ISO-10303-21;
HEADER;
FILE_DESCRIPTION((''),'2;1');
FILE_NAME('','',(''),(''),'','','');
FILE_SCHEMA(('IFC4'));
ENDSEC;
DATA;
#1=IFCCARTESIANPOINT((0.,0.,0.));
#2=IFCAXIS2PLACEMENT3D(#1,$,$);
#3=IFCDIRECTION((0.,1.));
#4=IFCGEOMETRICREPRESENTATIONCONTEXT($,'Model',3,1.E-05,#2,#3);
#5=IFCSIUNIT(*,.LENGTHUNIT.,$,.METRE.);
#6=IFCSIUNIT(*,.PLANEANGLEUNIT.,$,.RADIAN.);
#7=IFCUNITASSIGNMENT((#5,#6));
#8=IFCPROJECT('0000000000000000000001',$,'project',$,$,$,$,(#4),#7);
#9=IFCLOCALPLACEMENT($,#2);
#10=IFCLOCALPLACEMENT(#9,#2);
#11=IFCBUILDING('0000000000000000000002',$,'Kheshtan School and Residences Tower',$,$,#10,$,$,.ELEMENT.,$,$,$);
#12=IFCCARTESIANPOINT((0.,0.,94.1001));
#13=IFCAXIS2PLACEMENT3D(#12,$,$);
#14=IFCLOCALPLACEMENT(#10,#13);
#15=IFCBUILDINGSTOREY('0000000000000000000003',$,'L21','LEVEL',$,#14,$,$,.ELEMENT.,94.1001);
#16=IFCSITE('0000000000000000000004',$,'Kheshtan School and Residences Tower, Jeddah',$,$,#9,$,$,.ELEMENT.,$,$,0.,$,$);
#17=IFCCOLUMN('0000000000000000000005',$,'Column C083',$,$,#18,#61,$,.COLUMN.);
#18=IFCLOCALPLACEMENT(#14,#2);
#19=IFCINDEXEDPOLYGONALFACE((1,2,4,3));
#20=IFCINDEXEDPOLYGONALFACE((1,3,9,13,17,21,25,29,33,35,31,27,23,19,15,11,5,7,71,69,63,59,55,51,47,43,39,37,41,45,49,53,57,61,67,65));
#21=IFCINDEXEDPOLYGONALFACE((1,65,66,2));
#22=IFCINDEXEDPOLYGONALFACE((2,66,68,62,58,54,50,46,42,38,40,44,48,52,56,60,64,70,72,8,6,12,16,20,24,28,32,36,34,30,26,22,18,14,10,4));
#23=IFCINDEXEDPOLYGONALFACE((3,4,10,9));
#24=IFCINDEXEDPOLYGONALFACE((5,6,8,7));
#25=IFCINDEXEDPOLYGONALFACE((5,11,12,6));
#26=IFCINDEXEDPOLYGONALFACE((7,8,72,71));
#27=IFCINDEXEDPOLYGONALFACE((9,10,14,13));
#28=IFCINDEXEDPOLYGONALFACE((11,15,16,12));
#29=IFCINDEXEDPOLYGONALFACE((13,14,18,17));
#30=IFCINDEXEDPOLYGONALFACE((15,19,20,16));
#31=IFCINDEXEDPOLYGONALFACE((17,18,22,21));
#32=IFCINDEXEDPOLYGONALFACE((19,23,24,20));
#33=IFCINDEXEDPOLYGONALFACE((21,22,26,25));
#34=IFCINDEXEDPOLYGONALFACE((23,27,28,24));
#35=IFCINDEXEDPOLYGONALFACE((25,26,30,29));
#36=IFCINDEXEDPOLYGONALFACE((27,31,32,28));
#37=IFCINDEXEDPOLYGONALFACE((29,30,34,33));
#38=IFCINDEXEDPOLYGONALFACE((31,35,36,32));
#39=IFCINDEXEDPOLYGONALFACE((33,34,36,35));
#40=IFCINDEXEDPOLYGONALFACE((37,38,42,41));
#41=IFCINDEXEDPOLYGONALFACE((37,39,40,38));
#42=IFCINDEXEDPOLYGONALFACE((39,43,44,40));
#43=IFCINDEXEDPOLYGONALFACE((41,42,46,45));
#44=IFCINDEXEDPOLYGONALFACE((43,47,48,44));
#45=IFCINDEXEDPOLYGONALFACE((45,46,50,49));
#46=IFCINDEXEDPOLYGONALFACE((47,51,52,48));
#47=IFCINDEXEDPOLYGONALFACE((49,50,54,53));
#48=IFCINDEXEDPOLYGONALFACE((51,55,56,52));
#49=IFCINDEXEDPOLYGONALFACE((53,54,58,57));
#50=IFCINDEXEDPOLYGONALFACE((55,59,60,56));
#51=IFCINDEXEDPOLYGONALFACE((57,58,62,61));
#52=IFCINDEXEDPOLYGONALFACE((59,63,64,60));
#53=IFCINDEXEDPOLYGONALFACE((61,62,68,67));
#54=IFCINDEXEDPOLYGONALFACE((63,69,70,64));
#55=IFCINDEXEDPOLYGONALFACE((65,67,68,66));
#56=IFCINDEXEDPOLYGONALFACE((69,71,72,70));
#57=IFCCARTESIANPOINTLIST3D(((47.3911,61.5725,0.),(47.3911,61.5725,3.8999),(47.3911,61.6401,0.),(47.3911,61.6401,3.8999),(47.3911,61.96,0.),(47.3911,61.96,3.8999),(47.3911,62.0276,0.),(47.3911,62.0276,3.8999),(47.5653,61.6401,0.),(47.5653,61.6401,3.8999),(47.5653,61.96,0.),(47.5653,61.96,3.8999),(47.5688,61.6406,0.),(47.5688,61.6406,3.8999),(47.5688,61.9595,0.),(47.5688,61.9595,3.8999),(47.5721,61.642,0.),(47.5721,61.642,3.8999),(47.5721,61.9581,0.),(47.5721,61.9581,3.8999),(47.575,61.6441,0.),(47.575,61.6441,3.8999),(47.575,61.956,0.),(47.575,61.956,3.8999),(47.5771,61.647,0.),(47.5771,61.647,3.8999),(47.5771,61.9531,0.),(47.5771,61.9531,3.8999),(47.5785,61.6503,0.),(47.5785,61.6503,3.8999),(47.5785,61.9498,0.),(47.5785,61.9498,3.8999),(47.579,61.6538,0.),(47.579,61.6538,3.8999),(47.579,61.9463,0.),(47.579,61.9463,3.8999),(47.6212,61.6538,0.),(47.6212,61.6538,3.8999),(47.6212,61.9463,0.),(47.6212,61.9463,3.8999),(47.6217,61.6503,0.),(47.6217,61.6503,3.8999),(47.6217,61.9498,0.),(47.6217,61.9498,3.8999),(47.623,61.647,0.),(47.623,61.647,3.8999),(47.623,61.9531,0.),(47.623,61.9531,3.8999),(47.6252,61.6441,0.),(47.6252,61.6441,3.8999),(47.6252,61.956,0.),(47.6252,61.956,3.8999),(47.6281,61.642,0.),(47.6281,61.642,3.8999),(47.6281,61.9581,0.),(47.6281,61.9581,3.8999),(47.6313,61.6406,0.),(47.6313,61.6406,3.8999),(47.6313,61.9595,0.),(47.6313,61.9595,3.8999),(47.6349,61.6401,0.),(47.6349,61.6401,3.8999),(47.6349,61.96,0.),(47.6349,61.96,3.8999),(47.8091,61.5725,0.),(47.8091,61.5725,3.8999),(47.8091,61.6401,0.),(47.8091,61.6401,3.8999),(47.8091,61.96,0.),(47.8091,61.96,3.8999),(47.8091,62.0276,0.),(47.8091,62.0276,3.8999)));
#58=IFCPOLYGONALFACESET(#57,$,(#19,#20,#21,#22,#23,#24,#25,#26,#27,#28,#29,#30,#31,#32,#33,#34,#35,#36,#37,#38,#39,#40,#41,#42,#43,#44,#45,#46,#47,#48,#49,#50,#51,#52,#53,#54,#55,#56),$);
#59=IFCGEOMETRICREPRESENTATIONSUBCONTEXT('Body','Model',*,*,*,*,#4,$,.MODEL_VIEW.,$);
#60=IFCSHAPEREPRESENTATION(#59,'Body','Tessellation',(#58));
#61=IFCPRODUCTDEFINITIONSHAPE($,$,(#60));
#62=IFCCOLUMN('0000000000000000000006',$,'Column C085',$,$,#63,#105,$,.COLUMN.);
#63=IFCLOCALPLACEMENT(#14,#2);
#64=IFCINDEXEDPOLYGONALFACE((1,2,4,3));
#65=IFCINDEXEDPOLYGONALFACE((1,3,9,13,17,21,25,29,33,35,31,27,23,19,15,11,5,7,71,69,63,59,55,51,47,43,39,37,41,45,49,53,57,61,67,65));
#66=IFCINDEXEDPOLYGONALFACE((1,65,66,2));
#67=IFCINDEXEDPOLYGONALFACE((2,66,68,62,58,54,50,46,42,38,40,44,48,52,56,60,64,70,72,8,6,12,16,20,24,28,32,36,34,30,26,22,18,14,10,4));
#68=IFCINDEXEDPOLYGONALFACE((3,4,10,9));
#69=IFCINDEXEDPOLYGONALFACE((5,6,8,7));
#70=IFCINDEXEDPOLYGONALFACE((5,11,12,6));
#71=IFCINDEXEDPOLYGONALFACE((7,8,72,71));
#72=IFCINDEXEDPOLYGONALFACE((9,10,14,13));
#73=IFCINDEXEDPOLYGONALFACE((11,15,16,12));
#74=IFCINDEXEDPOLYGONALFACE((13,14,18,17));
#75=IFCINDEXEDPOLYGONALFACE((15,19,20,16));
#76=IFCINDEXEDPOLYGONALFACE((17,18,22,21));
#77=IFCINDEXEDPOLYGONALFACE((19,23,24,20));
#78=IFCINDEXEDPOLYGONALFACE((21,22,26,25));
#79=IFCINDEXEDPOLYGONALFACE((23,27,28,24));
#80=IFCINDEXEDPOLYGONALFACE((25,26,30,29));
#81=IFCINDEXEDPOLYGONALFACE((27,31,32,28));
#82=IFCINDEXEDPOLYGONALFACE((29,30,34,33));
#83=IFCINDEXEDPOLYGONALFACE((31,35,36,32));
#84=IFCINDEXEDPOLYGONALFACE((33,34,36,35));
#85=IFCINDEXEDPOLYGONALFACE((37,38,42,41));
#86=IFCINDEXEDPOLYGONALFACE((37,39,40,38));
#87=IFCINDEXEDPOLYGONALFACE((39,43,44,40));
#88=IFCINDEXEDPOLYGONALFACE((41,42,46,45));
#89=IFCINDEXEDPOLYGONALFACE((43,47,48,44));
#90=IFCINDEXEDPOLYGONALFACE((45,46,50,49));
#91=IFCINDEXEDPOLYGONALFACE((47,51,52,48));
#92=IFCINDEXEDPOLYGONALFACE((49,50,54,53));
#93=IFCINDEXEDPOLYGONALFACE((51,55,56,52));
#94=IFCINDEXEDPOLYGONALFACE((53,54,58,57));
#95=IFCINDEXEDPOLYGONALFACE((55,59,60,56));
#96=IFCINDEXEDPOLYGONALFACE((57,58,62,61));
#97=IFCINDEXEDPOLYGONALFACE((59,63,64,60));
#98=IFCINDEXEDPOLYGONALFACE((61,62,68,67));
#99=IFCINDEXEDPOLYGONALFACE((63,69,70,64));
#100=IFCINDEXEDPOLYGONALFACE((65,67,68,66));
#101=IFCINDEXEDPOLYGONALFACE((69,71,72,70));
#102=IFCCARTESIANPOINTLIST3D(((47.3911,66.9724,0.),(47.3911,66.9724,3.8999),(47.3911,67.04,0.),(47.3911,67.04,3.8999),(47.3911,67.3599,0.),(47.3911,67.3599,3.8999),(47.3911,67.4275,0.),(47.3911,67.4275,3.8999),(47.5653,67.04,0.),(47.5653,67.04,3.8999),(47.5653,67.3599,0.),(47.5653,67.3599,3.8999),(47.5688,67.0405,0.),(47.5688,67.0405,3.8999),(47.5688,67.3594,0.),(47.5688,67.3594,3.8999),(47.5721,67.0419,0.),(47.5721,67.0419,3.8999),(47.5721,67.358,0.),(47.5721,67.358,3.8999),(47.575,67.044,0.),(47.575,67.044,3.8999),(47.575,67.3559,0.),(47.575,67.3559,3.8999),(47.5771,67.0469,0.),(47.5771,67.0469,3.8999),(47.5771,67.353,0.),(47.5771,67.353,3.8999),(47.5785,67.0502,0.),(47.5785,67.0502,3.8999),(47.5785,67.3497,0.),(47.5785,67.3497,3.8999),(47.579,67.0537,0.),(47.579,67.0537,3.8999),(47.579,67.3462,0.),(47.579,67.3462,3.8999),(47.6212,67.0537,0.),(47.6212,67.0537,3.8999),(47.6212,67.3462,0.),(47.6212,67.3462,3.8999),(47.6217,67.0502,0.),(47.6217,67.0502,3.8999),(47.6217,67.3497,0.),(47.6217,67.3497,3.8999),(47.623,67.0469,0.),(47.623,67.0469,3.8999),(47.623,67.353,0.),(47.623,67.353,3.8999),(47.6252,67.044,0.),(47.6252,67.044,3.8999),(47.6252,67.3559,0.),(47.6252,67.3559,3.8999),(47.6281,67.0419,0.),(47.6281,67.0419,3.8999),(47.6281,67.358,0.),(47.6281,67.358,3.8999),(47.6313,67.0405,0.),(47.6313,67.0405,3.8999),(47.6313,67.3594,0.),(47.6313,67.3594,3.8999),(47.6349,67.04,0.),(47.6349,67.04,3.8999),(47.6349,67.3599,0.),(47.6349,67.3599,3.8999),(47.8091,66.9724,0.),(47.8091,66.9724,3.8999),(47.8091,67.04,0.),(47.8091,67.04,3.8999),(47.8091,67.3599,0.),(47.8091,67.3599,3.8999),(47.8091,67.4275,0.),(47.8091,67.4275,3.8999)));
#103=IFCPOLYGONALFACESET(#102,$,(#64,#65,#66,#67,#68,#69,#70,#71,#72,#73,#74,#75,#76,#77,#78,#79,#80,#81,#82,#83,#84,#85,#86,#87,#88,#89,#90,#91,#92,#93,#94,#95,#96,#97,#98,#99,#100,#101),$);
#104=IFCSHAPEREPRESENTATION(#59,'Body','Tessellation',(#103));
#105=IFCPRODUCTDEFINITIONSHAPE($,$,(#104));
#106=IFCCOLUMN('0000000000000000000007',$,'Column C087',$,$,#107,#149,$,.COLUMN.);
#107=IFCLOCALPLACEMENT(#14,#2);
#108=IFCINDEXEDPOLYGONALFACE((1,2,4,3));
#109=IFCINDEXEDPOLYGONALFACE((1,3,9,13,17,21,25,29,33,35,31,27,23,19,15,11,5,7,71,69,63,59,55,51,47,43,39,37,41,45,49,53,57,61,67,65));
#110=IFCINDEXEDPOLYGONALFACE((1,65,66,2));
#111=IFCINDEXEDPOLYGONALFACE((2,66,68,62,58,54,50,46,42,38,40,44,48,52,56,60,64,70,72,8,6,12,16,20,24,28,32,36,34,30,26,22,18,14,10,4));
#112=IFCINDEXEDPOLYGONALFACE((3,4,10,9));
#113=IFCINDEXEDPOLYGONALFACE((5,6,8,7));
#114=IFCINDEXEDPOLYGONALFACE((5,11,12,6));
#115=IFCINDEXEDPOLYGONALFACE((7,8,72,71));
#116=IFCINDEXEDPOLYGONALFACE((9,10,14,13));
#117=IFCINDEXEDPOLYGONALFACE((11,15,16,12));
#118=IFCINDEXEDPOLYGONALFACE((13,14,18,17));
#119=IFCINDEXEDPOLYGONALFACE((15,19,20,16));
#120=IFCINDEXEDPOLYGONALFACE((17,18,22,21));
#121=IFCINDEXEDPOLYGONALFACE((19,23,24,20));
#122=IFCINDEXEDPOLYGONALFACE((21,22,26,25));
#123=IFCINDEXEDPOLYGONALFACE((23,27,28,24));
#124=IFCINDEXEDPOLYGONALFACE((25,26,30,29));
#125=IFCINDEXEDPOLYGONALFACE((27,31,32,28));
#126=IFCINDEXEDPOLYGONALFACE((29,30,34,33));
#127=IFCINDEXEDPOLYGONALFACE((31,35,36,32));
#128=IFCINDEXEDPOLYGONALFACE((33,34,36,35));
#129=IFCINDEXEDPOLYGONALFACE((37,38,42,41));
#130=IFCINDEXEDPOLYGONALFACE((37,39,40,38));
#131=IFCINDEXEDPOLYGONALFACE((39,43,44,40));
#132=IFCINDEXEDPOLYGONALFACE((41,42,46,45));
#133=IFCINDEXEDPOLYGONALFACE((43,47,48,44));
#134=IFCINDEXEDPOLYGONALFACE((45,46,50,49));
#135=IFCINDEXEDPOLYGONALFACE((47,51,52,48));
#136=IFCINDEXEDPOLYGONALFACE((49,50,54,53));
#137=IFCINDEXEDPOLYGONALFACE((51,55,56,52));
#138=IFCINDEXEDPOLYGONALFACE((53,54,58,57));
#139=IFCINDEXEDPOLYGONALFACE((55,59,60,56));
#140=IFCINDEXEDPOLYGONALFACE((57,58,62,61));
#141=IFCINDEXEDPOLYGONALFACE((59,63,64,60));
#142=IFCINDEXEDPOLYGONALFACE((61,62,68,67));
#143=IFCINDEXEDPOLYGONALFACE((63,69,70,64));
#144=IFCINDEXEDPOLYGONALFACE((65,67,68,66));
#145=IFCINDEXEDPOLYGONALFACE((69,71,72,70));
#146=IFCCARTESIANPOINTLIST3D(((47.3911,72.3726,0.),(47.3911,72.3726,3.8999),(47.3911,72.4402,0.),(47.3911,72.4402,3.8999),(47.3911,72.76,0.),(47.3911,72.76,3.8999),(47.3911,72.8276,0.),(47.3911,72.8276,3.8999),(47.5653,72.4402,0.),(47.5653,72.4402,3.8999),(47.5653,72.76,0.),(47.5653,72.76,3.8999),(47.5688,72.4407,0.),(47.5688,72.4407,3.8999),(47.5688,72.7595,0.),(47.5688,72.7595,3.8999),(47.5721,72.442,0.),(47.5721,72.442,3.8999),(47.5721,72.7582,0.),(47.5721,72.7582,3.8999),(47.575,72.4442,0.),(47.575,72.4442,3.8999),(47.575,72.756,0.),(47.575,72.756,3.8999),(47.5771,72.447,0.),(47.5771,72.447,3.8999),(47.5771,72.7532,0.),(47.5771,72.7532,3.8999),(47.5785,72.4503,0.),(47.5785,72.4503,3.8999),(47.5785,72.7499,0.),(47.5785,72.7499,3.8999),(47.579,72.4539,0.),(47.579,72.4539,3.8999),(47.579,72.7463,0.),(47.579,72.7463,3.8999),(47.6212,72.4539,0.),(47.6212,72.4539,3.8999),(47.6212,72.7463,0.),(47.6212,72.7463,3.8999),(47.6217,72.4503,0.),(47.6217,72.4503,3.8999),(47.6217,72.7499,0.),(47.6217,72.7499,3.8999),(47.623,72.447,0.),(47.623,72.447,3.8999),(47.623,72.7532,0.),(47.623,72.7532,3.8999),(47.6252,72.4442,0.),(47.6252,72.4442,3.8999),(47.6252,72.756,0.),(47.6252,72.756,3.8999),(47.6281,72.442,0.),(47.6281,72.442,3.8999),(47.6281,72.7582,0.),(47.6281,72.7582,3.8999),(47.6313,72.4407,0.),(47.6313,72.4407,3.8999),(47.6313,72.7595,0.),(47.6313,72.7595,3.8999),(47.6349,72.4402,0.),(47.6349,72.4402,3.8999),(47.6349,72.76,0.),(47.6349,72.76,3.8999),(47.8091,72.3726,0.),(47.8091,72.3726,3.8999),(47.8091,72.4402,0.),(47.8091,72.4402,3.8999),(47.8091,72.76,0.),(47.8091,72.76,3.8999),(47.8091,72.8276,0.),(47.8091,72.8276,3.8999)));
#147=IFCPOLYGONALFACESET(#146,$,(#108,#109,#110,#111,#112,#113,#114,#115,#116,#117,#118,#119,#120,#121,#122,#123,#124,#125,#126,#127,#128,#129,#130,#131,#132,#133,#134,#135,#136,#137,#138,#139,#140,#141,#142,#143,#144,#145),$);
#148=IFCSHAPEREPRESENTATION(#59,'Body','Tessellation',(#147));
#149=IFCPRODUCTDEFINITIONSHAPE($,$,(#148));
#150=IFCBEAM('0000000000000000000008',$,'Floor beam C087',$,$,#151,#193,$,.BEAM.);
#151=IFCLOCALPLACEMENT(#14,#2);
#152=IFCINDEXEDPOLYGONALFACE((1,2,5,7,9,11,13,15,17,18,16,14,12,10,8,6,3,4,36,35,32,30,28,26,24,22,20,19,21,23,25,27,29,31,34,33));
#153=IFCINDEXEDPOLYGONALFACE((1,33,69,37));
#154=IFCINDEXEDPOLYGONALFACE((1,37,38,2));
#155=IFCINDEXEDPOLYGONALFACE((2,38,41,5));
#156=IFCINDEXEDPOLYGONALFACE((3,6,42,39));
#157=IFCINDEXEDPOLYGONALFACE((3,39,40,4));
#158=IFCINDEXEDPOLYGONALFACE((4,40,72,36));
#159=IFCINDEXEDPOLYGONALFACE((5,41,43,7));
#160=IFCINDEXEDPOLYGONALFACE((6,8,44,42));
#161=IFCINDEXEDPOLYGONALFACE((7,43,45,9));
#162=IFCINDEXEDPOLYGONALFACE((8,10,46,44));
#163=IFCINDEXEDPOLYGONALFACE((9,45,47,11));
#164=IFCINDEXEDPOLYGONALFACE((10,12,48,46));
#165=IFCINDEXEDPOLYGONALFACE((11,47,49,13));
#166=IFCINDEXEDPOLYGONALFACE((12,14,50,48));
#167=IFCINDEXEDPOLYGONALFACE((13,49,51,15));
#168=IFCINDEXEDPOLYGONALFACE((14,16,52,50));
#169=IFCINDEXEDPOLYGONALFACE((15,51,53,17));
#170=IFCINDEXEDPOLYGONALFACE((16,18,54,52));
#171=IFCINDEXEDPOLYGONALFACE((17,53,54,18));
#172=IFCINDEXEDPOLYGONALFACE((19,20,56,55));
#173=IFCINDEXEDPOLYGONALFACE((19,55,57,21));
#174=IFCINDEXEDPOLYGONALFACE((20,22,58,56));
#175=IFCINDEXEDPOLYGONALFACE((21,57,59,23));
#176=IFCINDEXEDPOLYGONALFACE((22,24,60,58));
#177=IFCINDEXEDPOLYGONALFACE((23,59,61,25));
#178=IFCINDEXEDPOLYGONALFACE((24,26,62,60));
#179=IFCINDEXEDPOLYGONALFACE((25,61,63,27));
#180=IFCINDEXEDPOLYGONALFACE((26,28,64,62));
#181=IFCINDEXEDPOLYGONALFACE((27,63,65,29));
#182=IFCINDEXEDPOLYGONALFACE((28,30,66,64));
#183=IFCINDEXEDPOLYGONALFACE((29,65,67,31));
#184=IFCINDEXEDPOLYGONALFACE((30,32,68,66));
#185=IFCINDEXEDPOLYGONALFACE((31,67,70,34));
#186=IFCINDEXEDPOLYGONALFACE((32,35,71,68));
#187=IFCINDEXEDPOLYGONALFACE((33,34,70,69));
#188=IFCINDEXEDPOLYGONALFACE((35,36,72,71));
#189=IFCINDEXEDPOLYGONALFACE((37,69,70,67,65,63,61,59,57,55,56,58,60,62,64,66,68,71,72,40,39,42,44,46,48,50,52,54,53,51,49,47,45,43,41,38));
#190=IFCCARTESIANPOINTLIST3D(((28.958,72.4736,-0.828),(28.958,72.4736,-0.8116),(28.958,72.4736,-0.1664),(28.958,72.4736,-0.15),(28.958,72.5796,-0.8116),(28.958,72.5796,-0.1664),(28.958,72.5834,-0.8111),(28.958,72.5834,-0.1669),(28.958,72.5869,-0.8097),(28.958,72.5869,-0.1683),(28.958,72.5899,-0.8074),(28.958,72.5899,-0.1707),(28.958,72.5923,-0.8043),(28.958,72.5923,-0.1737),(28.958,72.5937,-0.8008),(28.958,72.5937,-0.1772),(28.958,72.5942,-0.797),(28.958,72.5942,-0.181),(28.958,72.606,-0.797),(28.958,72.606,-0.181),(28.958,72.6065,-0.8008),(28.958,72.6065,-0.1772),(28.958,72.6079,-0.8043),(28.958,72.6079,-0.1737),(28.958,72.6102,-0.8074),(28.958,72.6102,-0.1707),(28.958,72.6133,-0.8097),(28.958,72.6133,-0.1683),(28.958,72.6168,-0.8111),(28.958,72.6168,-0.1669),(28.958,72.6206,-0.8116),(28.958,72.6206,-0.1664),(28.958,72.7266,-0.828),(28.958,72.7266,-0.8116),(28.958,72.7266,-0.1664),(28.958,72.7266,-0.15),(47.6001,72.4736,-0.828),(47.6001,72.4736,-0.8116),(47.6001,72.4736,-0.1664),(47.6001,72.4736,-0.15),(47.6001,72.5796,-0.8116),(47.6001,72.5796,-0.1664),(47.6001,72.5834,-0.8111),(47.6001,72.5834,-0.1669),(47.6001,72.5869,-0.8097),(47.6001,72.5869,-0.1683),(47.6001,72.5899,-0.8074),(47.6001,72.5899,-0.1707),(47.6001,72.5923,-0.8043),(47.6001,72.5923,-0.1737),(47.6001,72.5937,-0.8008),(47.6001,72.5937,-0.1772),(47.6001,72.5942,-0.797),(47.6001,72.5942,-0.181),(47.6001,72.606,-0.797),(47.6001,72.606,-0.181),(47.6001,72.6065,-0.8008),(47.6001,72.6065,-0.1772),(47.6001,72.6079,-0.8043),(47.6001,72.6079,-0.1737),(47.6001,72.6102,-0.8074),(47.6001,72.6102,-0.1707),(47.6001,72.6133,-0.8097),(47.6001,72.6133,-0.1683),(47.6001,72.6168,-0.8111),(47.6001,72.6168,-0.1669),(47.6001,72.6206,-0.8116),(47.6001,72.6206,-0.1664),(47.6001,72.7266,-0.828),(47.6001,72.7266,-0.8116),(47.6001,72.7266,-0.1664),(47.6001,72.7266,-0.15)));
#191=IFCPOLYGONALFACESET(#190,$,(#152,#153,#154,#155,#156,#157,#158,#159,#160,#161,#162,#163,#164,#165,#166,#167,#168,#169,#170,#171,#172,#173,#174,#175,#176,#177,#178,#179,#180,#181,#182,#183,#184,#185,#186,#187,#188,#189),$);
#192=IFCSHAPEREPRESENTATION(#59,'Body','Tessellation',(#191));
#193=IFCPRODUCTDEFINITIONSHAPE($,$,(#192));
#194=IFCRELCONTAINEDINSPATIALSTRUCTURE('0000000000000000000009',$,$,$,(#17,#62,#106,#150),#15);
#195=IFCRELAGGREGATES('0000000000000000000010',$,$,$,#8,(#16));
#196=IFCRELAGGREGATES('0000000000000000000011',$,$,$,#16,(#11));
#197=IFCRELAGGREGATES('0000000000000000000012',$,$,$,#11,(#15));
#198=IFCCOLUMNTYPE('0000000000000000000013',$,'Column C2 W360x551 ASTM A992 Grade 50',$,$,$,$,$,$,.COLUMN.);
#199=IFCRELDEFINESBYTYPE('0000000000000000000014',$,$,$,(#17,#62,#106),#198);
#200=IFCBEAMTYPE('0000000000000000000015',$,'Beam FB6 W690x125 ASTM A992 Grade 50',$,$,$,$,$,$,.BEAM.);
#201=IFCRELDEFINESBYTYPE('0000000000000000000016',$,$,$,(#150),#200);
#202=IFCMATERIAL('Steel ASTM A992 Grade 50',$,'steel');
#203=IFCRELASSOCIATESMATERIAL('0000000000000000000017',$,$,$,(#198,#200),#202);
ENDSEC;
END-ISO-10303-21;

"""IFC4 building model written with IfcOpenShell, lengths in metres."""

from ifc_helpers import new_model, si_unit, direction, frame, origin, origin_2d, place, context, subcontext, project, spatial, i_section, extrude, material, material_profile, profile_set, type_object, element, save


model = new_model("IFC4")

# Units and contexts
model_context = context("Model", 3, precision=1e-05, world=origin(), true_north=direction((0.0, 1.0)))
body_context = subcontext(model_context, "Body", "Model", "MODEL_VIEW")
ifc_project = project(units=[si_unit("LENGTHUNIT", "METRE"), si_unit("PLANEANGLEUNIT", "RADIAN")], contexts=[model_context])

# Site, building, storey
site_placement = place(None, origin())
site = spatial("IfcSite", under=ifc_project, at=site_placement, Name="Kheshtan School and Residences Tower, Jeddah", CompositionType="ELEMENT", RefElevation=0.0)
building_placement = place(site_placement, origin())
building = spatial("IfcBuilding", under=site, at=building_placement, Name="Kheshtan School and Residences Tower", CompositionType="ELEMENT")
storey_placement = place(building_placement, frame((0.0, 0.0, 94.1001)))
storey = spatial("IfcBuildingStorey", under=building, at=storey_placement, Name="L21", Description="LEVEL", CompositionType="ELEMENT", Elevation=94.1001)

# Columns
ifc_material_1 = material(Name="Steel ASTM A992 Grade 50", Category="steel")
ifc_material_profile_1 = material_profile(ifc_material_1, i_section(OverallWidth=0.418, OverallDepth=0.4551, WebThickness=0.0422, FlangeThickness=0.0676, FilletRadius=0.0137, at=origin_2d()), Name="W360x551")
ifc_profile_set_1 = profile_set([ifc_material_profile_1], Name="Steel ASTM A992 Grade 50")
column_type = type_object("IfcColumnType", Name="Column C2 W360x551 ASTM A992 Grade 50", PredefinedType="COLUMN", material=ifc_profile_set_1)
for number, where, z_axis, x_axis, name in (
    (1, (47.6001, 61.8, 0.0), (0.0, 0.0, 1.0), (1.0, 0.0, 0.0), "Column C083"),
    (2, (47.6001, 67.2, 0.0), (0.0, 0.0, 1.0), (1.0, 0.0, 0.0), "Column C085"),
    (3, (47.6001, 72.6001, 0.0), (0.0, 0.0, 1.0), (1.0, 0.0, 0.0), "Column C087"),
):
    element("IfcColumn", number, at=place(storey_placement, frame(where, z_axis=z_axis, x_axis=x_axis)), inside=storey, type_object=column_type, Name=name, PredefinedType="COLUMN", context=body_context, shape_type="SweptSolid", body=[
        extrude(i_section(OverallWidth=0.418, OverallDepth=0.4551, WebThickness=0.0422, FlangeThickness=0.0676, FilletRadius=0.0137, at=origin_2d()), origin(), (0.0, 0.0, 1.0), 3.8999),
    ])

# Beam
ifc_material_profile_2 = material_profile(ifc_material_1, i_section(OverallWidth=0.2529, OverallDepth=0.678, WebThickness=0.0117, FlangeThickness=0.0164, FilletRadius=0.0146, at=origin_2d()), Name="W690x125")
ifc_profile_set_2 = profile_set([ifc_material_profile_2], Name="Steel ASTM A992 Grade 50")
beam_type_1 = type_object("IfcBeamType", Name="Beam FB6 W690x125 ASTM A992 Grade 50", PredefinedType="BEAM", material=ifc_profile_set_2)
beam_1_placement = place(storey_placement, frame((47.6001, 72.6001, -0.489), z_axis=(-1.0, 0.0, 0.0), x_axis=(0.0, -1.0, 0.0)))
element("IfcBeam", 4, at=beam_1_placement, inside=storey, type_object=beam_type_1, Name="Floor beam C087", PredefinedType="BEAM", context=body_context, shape_type="SweptSolid", body=[
    extrude(i_section(OverallWidth=0.2529, OverallDepth=0.678, WebThickness=0.0117, FlangeThickness=0.0164, FilletRadius=0.0146, at=origin_2d()), origin(), (0.0, 0.0, 1.0), 18.6421),
])

save(model, "model.ifc")
